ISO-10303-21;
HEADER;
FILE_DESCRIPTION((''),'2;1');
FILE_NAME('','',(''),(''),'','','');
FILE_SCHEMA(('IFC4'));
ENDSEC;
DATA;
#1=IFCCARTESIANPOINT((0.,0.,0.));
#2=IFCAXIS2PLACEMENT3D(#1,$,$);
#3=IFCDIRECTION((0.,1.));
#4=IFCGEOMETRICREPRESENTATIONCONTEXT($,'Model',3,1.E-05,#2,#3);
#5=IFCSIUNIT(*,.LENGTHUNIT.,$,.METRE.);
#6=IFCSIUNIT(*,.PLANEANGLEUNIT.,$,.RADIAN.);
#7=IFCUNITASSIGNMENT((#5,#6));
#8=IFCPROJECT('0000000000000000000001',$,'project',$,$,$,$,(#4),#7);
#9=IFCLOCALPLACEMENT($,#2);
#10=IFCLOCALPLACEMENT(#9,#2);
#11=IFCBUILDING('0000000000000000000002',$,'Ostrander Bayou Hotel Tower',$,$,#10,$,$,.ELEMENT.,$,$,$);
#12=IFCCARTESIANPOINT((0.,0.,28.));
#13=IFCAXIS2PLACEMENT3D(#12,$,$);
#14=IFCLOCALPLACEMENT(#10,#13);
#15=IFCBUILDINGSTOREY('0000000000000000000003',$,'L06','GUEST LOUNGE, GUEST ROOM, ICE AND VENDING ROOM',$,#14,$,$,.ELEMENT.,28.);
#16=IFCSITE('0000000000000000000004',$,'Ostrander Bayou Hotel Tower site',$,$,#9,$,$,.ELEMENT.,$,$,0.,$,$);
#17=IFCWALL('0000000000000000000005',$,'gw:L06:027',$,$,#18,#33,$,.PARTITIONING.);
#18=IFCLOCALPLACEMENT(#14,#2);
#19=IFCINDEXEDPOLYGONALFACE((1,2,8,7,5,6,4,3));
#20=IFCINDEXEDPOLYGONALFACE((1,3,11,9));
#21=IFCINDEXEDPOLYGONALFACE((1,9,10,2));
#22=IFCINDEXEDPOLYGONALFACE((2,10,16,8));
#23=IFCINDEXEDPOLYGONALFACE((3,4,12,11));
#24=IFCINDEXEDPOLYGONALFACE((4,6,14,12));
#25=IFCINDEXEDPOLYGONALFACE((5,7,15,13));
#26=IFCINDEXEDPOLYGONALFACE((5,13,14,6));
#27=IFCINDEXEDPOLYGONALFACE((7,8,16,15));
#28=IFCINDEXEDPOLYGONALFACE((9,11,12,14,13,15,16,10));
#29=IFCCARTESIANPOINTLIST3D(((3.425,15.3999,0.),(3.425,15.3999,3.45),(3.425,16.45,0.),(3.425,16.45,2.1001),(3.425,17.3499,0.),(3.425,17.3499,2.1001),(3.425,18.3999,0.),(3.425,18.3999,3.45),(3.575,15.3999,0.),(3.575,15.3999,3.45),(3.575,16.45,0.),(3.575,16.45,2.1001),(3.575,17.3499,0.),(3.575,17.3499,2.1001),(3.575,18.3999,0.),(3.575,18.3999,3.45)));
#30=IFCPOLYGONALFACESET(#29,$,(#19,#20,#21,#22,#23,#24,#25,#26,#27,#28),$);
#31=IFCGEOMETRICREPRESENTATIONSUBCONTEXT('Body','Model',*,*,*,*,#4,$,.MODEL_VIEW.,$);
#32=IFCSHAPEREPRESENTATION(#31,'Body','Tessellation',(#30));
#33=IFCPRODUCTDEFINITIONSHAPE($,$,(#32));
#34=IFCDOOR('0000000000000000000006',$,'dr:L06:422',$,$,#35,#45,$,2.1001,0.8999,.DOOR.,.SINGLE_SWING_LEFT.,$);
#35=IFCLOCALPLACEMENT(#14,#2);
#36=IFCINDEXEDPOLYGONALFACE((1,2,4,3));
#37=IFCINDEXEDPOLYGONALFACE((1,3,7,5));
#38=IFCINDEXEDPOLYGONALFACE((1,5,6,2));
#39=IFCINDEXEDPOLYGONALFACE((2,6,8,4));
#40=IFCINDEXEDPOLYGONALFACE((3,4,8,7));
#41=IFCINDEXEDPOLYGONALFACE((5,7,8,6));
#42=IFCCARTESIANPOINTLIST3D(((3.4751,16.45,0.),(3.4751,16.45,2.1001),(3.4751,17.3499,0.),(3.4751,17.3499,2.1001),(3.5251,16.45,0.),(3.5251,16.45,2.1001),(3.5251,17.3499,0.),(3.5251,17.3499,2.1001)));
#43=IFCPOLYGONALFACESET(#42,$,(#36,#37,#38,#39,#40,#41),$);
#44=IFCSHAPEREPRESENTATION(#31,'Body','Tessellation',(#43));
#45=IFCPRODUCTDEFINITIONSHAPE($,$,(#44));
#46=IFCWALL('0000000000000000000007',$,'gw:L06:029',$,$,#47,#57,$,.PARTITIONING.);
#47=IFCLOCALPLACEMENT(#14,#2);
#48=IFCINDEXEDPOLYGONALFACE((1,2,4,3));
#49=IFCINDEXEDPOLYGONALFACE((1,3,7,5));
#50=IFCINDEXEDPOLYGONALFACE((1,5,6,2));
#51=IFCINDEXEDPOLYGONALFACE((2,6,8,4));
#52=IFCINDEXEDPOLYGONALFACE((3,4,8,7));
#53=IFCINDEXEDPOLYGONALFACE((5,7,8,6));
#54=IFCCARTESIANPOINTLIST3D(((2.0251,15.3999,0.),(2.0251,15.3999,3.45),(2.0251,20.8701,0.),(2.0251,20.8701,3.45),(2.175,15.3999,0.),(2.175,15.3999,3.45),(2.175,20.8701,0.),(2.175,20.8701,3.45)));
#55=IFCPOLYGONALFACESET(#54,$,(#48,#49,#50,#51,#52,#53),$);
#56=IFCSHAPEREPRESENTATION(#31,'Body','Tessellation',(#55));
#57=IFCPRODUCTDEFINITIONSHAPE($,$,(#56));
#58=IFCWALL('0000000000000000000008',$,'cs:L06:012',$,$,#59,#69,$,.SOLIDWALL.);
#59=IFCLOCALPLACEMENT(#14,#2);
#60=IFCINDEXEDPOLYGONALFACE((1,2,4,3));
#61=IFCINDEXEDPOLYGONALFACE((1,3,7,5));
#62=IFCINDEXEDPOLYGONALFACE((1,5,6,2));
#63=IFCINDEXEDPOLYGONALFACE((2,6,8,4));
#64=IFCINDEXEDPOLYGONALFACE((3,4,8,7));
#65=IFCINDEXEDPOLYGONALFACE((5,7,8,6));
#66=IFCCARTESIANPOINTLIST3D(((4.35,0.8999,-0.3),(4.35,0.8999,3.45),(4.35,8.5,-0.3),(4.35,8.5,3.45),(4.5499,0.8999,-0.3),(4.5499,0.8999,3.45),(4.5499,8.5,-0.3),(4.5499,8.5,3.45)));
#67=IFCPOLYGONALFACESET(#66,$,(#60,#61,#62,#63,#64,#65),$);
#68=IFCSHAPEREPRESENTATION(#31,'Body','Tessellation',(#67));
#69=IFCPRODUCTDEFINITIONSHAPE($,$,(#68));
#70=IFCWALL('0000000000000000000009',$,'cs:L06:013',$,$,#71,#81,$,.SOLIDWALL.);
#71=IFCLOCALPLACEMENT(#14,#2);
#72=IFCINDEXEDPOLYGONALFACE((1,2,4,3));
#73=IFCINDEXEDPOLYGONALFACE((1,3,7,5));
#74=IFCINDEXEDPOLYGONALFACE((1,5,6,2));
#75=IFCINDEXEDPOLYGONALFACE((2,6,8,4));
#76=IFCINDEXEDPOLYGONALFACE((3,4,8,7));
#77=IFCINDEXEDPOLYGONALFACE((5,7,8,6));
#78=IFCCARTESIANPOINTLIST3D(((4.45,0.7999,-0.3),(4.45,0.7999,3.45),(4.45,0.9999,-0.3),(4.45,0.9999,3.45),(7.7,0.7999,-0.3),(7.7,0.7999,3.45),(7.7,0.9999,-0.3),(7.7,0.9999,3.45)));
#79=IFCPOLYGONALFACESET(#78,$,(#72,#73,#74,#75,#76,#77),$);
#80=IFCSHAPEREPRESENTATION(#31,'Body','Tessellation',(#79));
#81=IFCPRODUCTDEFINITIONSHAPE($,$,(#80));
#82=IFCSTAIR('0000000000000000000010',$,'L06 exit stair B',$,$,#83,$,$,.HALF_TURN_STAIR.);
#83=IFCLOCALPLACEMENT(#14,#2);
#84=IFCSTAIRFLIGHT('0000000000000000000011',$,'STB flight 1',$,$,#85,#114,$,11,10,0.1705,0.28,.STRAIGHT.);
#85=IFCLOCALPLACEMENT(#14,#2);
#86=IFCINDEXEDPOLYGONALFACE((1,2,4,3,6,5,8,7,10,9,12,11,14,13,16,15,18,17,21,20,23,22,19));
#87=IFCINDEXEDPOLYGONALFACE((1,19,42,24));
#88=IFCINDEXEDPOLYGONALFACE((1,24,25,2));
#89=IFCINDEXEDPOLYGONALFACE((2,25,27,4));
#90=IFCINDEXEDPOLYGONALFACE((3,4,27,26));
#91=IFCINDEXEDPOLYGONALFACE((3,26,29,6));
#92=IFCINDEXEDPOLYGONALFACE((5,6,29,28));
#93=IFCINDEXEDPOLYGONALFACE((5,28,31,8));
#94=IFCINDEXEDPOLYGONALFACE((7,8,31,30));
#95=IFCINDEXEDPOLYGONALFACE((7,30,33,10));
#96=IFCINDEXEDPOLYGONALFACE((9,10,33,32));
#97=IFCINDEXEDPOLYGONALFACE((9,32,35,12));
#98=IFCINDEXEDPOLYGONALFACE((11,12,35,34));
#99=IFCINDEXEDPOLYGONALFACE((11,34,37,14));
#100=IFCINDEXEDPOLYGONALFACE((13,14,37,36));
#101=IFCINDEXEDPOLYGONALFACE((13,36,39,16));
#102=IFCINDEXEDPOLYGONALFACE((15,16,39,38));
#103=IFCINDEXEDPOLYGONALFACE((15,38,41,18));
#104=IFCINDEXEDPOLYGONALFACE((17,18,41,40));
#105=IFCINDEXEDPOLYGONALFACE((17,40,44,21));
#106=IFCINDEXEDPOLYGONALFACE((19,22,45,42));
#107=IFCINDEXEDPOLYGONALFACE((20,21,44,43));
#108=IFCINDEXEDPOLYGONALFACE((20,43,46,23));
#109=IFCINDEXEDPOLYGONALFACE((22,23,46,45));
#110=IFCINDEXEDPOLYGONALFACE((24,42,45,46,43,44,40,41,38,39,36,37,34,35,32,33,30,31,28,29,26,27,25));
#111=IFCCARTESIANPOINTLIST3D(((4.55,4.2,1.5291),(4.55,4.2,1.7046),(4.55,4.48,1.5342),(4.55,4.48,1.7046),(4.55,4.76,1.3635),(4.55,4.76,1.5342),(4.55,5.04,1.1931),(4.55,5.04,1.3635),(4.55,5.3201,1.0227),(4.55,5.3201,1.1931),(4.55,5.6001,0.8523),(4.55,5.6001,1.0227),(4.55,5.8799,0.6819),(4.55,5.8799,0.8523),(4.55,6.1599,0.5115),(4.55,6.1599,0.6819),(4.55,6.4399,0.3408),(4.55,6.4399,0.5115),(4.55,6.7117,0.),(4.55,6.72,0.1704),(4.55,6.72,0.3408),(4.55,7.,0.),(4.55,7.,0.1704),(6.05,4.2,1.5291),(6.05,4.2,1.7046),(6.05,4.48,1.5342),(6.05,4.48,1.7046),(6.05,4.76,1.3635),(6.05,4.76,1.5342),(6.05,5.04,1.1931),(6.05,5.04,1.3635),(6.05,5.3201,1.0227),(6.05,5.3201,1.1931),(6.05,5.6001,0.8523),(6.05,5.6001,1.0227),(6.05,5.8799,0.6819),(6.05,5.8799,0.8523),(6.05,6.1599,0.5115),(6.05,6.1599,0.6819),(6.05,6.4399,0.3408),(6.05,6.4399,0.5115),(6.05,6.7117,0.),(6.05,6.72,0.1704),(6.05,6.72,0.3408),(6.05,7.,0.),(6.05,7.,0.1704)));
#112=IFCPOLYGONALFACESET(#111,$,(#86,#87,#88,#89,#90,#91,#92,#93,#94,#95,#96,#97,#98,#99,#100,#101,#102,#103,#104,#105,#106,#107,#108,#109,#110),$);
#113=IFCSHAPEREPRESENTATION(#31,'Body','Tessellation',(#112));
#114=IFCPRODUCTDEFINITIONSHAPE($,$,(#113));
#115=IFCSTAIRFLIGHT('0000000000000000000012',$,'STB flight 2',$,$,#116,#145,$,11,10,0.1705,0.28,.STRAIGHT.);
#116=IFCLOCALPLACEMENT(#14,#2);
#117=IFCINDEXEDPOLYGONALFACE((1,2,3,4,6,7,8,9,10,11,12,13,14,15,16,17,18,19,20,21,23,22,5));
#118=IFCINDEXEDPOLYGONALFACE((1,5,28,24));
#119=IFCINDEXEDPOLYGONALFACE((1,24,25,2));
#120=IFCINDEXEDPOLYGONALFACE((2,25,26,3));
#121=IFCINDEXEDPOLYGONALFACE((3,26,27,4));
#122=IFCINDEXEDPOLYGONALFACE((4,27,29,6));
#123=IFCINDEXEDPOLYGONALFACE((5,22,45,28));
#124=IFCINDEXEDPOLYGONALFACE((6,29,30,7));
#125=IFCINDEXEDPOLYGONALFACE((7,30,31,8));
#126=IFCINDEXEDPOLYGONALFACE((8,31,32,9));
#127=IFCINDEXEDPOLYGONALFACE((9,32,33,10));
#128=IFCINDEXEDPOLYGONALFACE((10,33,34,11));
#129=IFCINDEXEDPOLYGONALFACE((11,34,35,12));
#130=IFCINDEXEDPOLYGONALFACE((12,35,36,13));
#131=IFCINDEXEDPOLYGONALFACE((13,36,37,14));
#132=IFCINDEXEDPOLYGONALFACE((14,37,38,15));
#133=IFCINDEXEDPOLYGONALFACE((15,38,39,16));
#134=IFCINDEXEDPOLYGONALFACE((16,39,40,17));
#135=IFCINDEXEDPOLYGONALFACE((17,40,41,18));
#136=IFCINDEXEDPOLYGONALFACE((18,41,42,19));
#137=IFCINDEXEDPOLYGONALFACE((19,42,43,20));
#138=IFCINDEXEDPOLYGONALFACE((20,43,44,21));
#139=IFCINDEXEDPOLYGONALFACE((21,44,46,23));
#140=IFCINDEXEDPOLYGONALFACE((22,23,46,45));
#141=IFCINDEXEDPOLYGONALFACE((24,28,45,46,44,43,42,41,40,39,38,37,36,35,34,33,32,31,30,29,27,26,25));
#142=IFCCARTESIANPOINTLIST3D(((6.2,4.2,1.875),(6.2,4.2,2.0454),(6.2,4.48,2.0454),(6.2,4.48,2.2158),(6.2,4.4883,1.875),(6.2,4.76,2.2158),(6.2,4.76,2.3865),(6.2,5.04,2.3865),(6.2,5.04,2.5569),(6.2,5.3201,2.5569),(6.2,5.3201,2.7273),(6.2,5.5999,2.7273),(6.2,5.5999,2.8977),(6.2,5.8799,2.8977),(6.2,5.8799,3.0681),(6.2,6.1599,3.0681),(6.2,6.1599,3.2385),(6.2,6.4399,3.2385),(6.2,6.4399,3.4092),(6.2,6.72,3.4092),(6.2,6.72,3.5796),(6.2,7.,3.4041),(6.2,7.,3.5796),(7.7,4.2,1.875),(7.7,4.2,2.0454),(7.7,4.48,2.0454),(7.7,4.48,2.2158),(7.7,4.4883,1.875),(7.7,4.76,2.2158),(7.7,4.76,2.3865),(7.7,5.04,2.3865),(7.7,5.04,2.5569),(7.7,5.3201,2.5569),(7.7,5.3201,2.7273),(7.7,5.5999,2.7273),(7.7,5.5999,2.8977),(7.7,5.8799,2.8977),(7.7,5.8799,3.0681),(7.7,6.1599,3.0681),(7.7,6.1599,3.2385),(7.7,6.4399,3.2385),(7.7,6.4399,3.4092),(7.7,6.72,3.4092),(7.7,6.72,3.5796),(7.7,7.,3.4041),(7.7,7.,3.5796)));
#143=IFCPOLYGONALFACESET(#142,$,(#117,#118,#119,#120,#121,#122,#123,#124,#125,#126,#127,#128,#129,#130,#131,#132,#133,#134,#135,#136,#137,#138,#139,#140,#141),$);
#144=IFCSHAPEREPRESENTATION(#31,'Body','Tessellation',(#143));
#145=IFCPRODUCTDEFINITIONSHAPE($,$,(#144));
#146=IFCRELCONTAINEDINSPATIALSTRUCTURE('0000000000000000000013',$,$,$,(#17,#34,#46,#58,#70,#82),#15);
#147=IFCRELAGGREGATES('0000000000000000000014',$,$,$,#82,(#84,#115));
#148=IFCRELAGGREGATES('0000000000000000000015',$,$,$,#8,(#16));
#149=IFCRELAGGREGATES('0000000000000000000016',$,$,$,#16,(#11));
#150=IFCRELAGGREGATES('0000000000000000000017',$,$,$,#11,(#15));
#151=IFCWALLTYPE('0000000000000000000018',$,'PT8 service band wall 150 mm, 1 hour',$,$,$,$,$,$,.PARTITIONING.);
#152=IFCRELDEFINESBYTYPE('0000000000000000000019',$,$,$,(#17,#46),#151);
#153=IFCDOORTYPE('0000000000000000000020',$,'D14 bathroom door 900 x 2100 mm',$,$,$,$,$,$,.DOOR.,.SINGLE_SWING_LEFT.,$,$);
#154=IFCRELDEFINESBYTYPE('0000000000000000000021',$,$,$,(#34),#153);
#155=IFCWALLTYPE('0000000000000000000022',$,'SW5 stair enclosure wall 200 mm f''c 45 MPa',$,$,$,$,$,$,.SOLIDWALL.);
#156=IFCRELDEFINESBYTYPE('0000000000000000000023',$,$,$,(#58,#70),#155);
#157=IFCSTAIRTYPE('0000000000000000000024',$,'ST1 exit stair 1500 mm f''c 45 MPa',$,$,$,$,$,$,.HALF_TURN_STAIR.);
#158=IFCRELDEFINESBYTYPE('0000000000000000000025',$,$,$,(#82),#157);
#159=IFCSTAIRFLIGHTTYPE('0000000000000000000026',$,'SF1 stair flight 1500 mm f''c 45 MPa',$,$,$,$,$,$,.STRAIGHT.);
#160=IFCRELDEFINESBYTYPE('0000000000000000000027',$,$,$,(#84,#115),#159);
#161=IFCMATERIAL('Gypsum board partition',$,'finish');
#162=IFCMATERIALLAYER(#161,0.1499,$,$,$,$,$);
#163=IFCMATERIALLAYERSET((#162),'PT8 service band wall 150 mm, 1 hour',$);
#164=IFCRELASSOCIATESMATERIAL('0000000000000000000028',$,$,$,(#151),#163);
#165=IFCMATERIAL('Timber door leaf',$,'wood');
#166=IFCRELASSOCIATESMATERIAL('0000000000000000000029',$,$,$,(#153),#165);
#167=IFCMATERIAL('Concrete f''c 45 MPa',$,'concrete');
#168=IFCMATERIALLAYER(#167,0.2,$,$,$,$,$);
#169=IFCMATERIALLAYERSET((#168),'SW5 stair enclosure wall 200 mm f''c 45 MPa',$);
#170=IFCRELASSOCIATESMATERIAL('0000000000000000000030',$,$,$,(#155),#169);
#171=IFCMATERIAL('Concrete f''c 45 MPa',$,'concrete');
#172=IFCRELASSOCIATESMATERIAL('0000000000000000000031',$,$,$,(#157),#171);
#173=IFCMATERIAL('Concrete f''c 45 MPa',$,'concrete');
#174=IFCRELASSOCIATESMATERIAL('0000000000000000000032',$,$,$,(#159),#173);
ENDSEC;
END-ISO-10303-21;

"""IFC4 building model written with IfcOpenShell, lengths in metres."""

from ifc_helpers import new_model, si_unit, direction, frame, frame_2d, origin, place, context, subcontext, project, spatial, polyline, rectangle, outline, extrude, material, layer, layer_set, type_object, element, fill, aggregate, save


model = new_model("IFC4")

# Units and contexts
model_context = context("Model", 3, precision=1e-05, world=origin(), true_north=direction((0.0, 1.0)))
body_context = subcontext(model_context, "Body", "Model", "MODEL_VIEW")
ifc_project = project(units=[si_unit("LENGTHUNIT", "METRE"), si_unit("PLANEANGLEUNIT", "RADIAN")], contexts=[model_context])

# Site, building, storey
site_placement = place(None, origin())
site = spatial("IfcSite", under=ifc_project, at=site_placement, Name="Ostrander Bayou Hotel Tower site", CompositionType="ELEMENT", RefElevation=0.0)
building_placement = place(site_placement, origin())
building = spatial("IfcBuilding", under=site, at=building_placement, Name="Ostrander Bayou Hotel Tower", CompositionType="ELEMENT")
storey_placement = place(building_placement, frame((0.0, 0.0, 28.0)))
storey = spatial("IfcBuildingStorey", under=building, at=storey_placement, Name="L06", Description="GUEST LOUNGE, GUEST ROOM, ICE AND VENDING ROOM", CompositionType="ELEMENT", Elevation=28.0)

# Shared definitions
ifc_material_1 = material(Name="Gypsum board partition", Category="finish")
ifc_layer_1 = layer(ifc_material_1, 0.1499)
ifc_layer_set_1 = layer_set([ifc_layer_1], Name="PT8 service band wall 150 mm, 1 hour")
wall_type_1 = type_object("IfcWallType", Name="PT8 service band wall 150 mm, 1 hour", PredefinedType="PARTITIONING", material=ifc_layer_set_1)

# Wall, opening, door
wall_1_placement = place(storey_placement, frame((3.5, 15.3999, 0.0), z_axis=(0.0, 0.0, 1.0), x_axis=(0.0, 1.0, 0.0)))
wall_1 = element("IfcWall", 1, at=wall_1_placement, inside=storey, type_object=wall_type_1, Name="gw:L06:027", PredefinedType="PARTITIONING", context=body_context, shape_type="SweptSolid", body=[
    extrude(rectangle(XDim=3.0, YDim=0.1499, at=frame_2d((1.5, 0.0))), origin(), (0.0, 0.0, 1.0), 3.45),
])
opening_1_placement = place(wall_1_placement, frame((1.05, 0.0, 0.0)))
opening_1 = element("IfcOpeningElement", 2, at=opening_1_placement, cuts=wall_1, PredefinedType="OPENING", context=body_context, shape_type="SweptSolid", body=[
    extrude(rectangle(XDim=0.8999, YDim=2.1001, at=frame_2d((0.45, 1.05))), frame((0.0, 0.075, 0.0), z_axis=(0.0, -1.0, 0.0), x_axis=(1.0, 0.0, 0.0)), (0.0, 0.0, 1.0), 0.1499),
])
ifc_material_2 = material(Name="Timber door leaf", Category="wood")
door_type_1 = type_object("IfcDoorType", Name="D14 bathroom door 900 x 2100 mm", OperationType="SINGLE_SWING_LEFT", PredefinedType="DOOR", material=ifc_material_2)
door_1_placement = place(opening_1_placement, origin())
door_1 = element("IfcDoor", 3, at=door_1_placement, inside=storey, type_object=door_type_1, Name="dr:L06:422", OperationType="SINGLE_SWING_LEFT", OverallHeight=2.1001, OverallWidth=0.8999, PredefinedType="DOOR", context=body_context, shape_type="SweptSolid", body=[
    extrude(rectangle(XDim=0.8999, YDim=2.1001, at=frame_2d((0.45, 1.05))), frame((0.0, 0.0249, 0.0), z_axis=(0.0, -1.0, 0.0), x_axis=(1.0, 0.0, 0.0)), (0.0, 0.0, 1.0), 0.05),
])
fill(opening_1, door_1)

# Walls
wall_2_placement = place(storey_placement, frame((2.1001, 15.3999, 0.0), z_axis=(0.0, 0.0, 1.0), x_axis=(0.0, 1.0, 0.0)))
element("IfcWall", 4, at=wall_2_placement, inside=storey, type_object=wall_type_1, Name="gw:L06:029", PredefinedType="PARTITIONING", context=body_context, shape_type="SweptSolid", body=[
    extrude(rectangle(XDim=5.4702, YDim=0.1499, at=frame_2d((2.7351, 0.0))), origin(), (0.0, 0.0, 1.0), 3.45),
])
ifc_material_3 = material(Name="Concrete f'c 45 MPa", Category="concrete")
ifc_layer_2 = layer(ifc_material_3, 0.2)
ifc_layer_set_2 = layer_set([ifc_layer_2], Name="SW5 stair enclosure wall 200 mm f'c 45 MPa")
wall_type_2 = type_object("IfcWallType", Name="SW5 stair enclosure wall 200 mm f'c 45 MPa", PredefinedType="SOLIDWALL", material=ifc_layer_set_2)
wall_3_placement = place(storey_placement, frame((4.45, 0.8999, -0.3), z_axis=(0.0, 0.0, 1.0), x_axis=(0.0, 1.0, 0.0)))
element("IfcWall", 5, at=wall_3_placement, inside=storey, type_object=wall_type_2, Name="cs:L06:012", PredefinedType="SOLIDWALL", context=body_context, shape_type="SweptSolid", body=[
    extrude(rectangle(XDim=7.6001, YDim=0.2, at=frame_2d((3.8, 0.0))), origin(), (0.0, 0.0, 1.0), 3.75),
])
wall_4_placement = place(storey_placement, frame((4.45, 0.8999, -0.3), z_axis=(0.0, 0.0, 1.0), x_axis=(1.0, 0.0, 0.0)))
element("IfcWall", 6, at=wall_4_placement, inside=storey, type_object=wall_type_2, Name="cs:L06:013", PredefinedType="SOLIDWALL", context=body_context, shape_type="SweptSolid", body=[
    extrude(rectangle(XDim=3.25, YDim=0.2, at=frame_2d((1.625, 0.0))), origin(), (0.0, 0.0, 1.0), 3.75),
])

# Stair, stair flights
ifc_material_4 = material(Name="Concrete f'c 45 MPa", Category="concrete")
stair_type = type_object("IfcStairType", Name="ST1 exit stair 1500 mm f'c 45 MPa", PredefinedType="HALF_TURN_STAIR", material=ifc_material_4)
stair_placement = place(storey_placement, origin())
stair = element("IfcStair", 7, at=stair_placement, inside=storey, type_object=stair_type, Name="L06 exit stair B", PredefinedType="HALF_TURN_STAIR")
ifc_material_5 = material(Name="Concrete f'c 45 MPa", Category="concrete")
stair_flight_type = type_object("IfcStairFlightType", Name="SF1 stair flight 1500 mm f'c 45 MPa", PredefinedType="STRAIGHT", material=ifc_material_5)
stair_flight_1_placement = place(storey_placement, frame((5.3, 7.0, 0.0), z_axis=(0.0, 0.0, 1.0), x_axis=(0.0, -1.0, 0.0)))
stair_flight_1 = element("IfcStairFlight", 8, at=stair_flight_1_placement, type_object=stair_flight_type, Name="STB flight 1", NumberOfRisers=11, NumberOfTreads=10, PredefinedType="STRAIGHT", RiserHeight=0.1705, TreadLength=0.28, context=body_context, shape_type="SweptSolid", body=[
    extrude(outline(polyline([(0.0, 0.0), (0.0, 0.1704), (0.28, 0.1704), (0.28, 0.3408), (0.5601, 0.3408), (0.5601, 0.5115), (0.8401, 0.5115), (0.8401, 0.6819), (1.1201, 0.6819), (1.1201, 0.8523), (1.3999, 0.8523), (1.3999, 1.0227), (1.6799, 1.0227), (1.6799, 1.1931), (1.96, 1.1931), (1.96, 1.3635), (2.24, 1.3635), (2.24, 1.5342), (2.52, 1.5342), (2.52, 1.7046), (2.8, 1.7046), (2.8, 1.875), (2.8, 1.5291), (0.2883, 0.0), (0.0, 0.0)])), frame((0.0, 0.75, 0.0), z_axis=(0.0, -1.0, 0.0), x_axis=(1.0, 0.0, 0.0)), (0.0, 0.0, 1.0), 1.5),
])
stair_flight_2_placement = place(storey_placement, frame((6.95, 4.2, 1.875), z_axis=(0.0, 0.0, 1.0), x_axis=(0.0, 1.0, 0.0)))
stair_flight_2 = element("IfcStairFlight", 9, at=stair_flight_2_placement, type_object=stair_flight_type, Name="STB flight 2", NumberOfRisers=11, NumberOfTreads=10, PredefinedType="STRAIGHT", RiserHeight=0.1705, TreadLength=0.28, context=body_context, shape_type="SweptSolid", body=[
    extrude(outline(polyline([(0.0, 0.0), (0.0, 0.1704), (0.28, 0.1704), (0.28, 0.3408), (0.5601, 0.3408), (0.5601, 0.5115), (0.8401, 0.5115), (0.8401, 0.6819), (1.1201, 0.6819), (1.1201, 0.8523), (1.3999, 0.8523), (1.3999, 1.0227), (1.6799, 1.0227), (1.6799, 1.1931), (1.96, 1.1931), (1.96, 1.3635), (2.24, 1.3635), (2.24, 1.5342), (2.52, 1.5342), (2.52, 1.7046), (2.8, 1.7046), (2.8, 1.875), (2.8, 1.5291), (0.2883, 0.0), (0.0, 0.0)])), frame((0.0, 0.75, 0.0), z_axis=(0.0, -1.0, 0.0), x_axis=(1.0, 0.0, 0.0)), (0.0, 0.0, 1.0), 1.5),
])
aggregate(stair, [stair_flight_1, stair_flight_2])

save(model, "model.ifc")
